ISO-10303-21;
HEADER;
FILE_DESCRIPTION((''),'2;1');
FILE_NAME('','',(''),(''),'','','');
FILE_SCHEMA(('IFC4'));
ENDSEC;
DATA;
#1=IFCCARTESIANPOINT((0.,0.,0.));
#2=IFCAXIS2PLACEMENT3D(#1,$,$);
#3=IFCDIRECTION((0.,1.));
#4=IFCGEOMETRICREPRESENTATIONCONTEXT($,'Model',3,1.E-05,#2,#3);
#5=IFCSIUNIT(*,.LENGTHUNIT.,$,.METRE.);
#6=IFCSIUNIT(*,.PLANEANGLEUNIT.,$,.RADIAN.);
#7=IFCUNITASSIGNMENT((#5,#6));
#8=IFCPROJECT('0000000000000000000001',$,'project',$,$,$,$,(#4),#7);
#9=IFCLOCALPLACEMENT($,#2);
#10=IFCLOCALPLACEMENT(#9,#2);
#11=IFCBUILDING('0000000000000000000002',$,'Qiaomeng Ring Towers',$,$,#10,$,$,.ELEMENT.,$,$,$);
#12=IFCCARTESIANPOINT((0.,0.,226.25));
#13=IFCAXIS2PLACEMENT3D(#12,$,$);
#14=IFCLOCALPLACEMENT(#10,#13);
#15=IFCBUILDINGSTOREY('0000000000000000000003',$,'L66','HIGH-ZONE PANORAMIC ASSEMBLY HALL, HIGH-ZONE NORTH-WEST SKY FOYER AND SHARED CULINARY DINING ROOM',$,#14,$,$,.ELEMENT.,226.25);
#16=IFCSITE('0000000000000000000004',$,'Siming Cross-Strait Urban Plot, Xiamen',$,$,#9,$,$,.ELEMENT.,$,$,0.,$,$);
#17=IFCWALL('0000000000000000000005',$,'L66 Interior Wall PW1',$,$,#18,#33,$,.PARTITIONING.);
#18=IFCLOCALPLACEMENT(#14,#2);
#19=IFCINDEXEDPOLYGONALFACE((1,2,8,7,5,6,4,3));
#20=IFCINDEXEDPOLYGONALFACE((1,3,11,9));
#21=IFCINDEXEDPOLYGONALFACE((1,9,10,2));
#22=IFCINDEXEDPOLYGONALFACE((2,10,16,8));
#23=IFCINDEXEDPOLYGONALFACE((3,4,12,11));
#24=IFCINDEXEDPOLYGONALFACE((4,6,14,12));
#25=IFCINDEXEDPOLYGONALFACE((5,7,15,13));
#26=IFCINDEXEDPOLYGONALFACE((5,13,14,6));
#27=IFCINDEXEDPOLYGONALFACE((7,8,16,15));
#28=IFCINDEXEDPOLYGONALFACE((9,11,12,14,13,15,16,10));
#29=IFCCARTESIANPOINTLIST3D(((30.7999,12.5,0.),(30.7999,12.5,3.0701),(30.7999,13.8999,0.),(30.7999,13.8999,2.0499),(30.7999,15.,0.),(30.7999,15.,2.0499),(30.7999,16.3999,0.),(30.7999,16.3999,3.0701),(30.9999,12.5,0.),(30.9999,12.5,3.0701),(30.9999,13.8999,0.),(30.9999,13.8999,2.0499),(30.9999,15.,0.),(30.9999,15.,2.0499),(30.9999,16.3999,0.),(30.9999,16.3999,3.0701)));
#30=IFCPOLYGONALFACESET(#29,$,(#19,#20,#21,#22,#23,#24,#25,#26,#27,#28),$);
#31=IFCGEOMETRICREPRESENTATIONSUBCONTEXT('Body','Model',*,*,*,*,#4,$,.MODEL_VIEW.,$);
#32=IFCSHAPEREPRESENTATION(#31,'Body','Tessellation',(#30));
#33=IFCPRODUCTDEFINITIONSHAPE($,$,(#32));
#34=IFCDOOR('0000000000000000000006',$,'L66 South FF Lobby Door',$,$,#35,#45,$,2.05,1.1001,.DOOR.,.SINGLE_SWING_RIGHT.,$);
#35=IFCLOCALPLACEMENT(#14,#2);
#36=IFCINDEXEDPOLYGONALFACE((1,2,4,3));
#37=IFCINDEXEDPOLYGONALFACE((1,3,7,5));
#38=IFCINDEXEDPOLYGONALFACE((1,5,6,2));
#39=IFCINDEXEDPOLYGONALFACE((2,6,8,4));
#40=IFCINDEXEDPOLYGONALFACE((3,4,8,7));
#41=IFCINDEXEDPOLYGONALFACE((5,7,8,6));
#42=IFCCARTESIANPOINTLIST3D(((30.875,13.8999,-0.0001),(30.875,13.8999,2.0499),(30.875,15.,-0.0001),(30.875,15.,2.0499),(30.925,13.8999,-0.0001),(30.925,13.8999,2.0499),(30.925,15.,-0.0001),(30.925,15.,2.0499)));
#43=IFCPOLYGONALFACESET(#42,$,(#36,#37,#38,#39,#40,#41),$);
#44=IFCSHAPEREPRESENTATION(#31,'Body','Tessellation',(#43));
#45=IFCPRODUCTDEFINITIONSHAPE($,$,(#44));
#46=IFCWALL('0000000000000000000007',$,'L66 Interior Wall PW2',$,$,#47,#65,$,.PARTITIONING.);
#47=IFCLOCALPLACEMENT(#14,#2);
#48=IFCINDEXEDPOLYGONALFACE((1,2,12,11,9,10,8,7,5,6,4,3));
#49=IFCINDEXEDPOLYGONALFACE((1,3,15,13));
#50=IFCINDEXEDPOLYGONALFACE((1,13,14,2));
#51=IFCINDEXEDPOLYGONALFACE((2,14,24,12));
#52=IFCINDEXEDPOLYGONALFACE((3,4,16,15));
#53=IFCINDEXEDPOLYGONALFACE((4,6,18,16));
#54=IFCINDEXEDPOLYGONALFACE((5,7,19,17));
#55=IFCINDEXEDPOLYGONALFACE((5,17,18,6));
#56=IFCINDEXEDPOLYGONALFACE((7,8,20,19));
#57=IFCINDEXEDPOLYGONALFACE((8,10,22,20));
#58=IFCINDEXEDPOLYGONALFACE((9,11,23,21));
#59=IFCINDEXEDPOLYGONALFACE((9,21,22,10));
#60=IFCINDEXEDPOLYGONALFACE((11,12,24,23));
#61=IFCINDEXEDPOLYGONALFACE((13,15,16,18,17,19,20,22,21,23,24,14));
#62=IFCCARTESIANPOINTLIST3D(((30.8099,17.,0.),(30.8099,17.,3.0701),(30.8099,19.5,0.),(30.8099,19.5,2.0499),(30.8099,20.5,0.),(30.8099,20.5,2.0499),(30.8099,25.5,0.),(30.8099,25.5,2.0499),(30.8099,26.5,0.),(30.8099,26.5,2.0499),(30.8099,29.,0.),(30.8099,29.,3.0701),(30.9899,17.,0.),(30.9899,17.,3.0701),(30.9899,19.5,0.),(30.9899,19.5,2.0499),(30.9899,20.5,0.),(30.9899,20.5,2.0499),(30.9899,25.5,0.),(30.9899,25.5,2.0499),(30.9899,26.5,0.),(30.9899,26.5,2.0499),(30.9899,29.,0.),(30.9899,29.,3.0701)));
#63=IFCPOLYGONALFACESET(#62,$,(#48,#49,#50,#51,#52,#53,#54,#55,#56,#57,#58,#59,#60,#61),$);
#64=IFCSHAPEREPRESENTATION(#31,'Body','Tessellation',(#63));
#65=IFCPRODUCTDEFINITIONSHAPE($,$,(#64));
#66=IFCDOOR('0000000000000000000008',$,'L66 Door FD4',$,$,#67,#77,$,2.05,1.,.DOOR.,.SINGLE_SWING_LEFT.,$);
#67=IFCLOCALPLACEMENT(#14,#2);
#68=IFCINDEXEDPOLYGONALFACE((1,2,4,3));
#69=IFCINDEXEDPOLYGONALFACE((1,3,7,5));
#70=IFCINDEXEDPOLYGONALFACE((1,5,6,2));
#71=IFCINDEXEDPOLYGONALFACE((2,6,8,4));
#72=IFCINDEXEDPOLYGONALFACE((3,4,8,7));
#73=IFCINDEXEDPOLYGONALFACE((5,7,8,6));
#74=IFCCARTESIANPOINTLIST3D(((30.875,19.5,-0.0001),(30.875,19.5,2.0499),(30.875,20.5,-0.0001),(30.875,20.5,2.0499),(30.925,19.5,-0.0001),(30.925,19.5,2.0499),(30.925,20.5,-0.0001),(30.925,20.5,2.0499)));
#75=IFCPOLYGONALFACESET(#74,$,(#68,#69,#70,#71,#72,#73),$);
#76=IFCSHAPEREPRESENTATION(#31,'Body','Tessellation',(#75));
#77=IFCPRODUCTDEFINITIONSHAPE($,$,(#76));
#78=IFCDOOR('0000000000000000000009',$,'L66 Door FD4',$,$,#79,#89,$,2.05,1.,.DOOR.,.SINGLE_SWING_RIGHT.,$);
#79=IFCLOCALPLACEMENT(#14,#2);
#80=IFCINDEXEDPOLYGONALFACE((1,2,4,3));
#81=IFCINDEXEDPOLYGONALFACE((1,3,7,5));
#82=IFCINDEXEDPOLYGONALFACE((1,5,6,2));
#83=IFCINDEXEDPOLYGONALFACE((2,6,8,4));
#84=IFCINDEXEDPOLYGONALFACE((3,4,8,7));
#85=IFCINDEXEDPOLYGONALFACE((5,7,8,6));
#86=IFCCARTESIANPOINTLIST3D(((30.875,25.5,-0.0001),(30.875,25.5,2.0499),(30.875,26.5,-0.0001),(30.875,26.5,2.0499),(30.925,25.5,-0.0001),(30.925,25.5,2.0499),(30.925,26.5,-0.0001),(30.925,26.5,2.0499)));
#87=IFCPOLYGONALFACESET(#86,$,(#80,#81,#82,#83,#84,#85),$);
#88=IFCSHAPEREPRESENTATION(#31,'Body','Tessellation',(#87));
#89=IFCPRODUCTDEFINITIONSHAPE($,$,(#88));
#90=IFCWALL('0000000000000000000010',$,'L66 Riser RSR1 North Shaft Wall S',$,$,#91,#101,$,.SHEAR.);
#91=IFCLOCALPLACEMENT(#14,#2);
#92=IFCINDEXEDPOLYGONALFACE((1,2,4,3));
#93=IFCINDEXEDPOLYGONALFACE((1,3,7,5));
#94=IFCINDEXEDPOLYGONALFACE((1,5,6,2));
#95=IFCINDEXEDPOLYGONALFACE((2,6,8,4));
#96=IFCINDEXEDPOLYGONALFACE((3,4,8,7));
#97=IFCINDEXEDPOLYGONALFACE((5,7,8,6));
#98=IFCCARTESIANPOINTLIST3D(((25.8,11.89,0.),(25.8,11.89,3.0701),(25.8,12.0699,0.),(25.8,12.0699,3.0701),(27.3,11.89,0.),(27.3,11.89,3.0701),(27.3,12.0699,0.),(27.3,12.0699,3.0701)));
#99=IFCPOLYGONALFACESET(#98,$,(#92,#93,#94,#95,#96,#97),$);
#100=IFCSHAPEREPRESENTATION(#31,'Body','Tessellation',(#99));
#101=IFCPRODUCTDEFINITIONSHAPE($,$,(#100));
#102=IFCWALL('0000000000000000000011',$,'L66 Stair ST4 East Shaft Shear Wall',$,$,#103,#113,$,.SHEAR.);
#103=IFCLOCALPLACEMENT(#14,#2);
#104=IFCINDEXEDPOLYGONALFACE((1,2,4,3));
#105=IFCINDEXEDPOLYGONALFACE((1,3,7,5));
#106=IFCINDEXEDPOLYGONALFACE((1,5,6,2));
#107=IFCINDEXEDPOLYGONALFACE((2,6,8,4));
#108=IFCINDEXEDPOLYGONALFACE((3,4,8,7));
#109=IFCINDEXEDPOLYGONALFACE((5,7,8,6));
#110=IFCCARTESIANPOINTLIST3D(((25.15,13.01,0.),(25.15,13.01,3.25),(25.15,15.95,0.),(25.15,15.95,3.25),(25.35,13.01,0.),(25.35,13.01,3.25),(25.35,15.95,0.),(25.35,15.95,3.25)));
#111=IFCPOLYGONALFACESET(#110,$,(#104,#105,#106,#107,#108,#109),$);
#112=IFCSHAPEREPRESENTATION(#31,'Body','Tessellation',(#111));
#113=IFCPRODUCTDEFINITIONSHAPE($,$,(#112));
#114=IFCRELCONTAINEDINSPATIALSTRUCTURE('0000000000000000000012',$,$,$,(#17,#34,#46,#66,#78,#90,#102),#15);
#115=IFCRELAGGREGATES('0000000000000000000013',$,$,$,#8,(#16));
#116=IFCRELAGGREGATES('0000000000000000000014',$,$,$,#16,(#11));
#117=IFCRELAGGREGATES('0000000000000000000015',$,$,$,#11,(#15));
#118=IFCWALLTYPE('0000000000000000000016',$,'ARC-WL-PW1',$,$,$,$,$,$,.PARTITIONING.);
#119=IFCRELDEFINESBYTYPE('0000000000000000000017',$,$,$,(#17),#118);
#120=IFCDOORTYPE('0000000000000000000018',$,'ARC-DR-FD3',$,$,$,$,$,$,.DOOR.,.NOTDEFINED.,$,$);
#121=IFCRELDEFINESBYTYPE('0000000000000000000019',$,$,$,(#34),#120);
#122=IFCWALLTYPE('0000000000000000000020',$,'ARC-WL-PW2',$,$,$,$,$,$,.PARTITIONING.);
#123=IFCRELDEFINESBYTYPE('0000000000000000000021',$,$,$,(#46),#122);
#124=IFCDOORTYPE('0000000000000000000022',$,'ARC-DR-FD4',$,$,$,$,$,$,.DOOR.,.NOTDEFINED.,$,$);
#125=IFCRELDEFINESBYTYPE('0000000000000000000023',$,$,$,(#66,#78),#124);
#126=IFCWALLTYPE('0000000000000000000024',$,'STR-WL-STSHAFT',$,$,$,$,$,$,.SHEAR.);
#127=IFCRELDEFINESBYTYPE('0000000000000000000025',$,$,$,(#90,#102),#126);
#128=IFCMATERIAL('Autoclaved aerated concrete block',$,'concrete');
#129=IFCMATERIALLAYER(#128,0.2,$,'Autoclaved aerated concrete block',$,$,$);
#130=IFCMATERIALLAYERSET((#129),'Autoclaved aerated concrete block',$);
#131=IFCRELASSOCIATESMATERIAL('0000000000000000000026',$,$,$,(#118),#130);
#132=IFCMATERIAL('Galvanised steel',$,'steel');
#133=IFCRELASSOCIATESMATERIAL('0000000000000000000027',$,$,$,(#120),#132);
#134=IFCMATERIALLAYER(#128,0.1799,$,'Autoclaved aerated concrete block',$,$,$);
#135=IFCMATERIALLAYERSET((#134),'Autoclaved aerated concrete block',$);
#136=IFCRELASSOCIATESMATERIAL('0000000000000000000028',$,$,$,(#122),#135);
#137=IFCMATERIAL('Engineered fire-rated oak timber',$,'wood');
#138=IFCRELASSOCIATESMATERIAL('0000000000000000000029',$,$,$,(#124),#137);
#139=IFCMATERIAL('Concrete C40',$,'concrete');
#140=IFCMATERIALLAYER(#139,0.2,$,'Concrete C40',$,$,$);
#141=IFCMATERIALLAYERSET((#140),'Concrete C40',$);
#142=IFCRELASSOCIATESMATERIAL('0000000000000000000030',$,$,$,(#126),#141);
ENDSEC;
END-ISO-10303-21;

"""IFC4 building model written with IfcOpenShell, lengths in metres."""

from ifc_helpers import new_model, si_unit, direction, frame, frame_2d, origin, place, context, subcontext, project, spatial, rectangle, extrude, source, transform, mapped, material, layer, layer_set, type_object, element, fill, save


model = new_model("IFC4")

# Units and contexts
model_context = context("Model", 3, precision=1e-05, world=origin(), true_north=direction((0.0, 1.0)))
body_context = subcontext(model_context, "Body", "Model", "MODEL_VIEW")
ifc_project = project(units=[si_unit("LENGTHUNIT", "METRE"), si_unit("PLANEANGLEUNIT", "RADIAN")], contexts=[model_context])

# Site, building, storey
site_placement = place(None, origin())
site = spatial("IfcSite", under=ifc_project, at=site_placement, Name="Siming Cross-Strait Urban Plot, Xiamen", CompositionType="ELEMENT", RefElevation=0.0)
building_placement = place(site_placement, origin())
building = spatial("IfcBuilding", under=site, at=building_placement, Name="Qiaomeng Ring Towers", CompositionType="ELEMENT")
storey_placement = place(building_placement, frame((0.0, 0.0, 226.25)))
storey = spatial("IfcBuildingStorey", under=building, at=storey_placement, Name="L66", Description="HIGH-ZONE PANORAMIC ASSEMBLY HALL, HIGH-ZONE NORTH-WEST SKY FOYER AND SHARED CULINARY DINING ROOM", CompositionType="ELEMENT", Elevation=226.25)

# Shared definitions
ifc_material_1 = material(Name="Concrete C40", Category="concrete")

# Shared definitions
ifc_material_2 = material(Name="Autoclaved aerated concrete block", Category="concrete")
ifc_layer_1 = layer(ifc_material_2, 0.2, Name="Autoclaved aerated concrete block")
ifc_layer_set_1 = layer_set([ifc_layer_1], Name="Autoclaved aerated concrete block")
wall_type_1 = type_object("IfcWallType", Name="ARC-WL-PW1", PredefinedType="PARTITIONING", material=ifc_layer_set_1)

# Wall, opening, door
wall_1_placement = place(storey_placement, frame((30.8999, 12.5, 0.0), z_axis=(0.0, 0.0, 1.0), x_axis=(0.0, 1.0, 0.0)))
wall_1 = element("IfcWall", 1, at=wall_1_placement, inside=storey, type_object=wall_type_1, Name="L66 Interior Wall PW1", PredefinedType="PARTITIONING", context=body_context, shape_type="SweptSolid", body=[
    extrude(rectangle(XDim=3.8999, YDim=0.2, at=frame_2d((1.95, 0.0))), origin(), (0.0, 0.0, 1.0), 3.0701),
])
opening_1_placement = place(wall_1_placement, frame((1.3999, 0.0, 0.0)))
opening_1 = element("IfcOpeningElement", 2, at=opening_1_placement, cuts=wall_1, PredefinedType="OPENING", context=body_context, shape_type="SweptSolid", body=[
    extrude(rectangle(XDim=1.1001, YDim=2.05, at=frame_2d((0.55, 1.0249))), frame((0.0, 0.1099, 0.0), z_axis=(0.0, -1.0, 0.0), x_axis=(1.0, 0.0, 0.0)), (0.0, 0.0, 1.0), 0.22),
])
ifc_material_3 = material(Name="Galvanised steel", Category="steel")
door_type_1 = type_object("IfcDoorType", Name="ARC-DR-FD3", OperationType="NOTDEFINED", PredefinedType="DOOR", material=ifc_material_3)
shared_shape_1 = source(origin(), body_context, "Body", "SweptSolid", [
    extrude(rectangle(XDim=1.1001, YDim=2.05, at=frame_2d((0.55, 1.0249))), frame((0.0, 0.0249, 0.0), z_axis=(0.0, -1.0, 0.0), x_axis=(1.0, 0.0, 0.0)), (0.0, 0.0, 1.0), 0.05),
])
door_1_placement = place(opening_1_placement, origin())
door_1 = element("IfcDoor", 3, at=door_1_placement, inside=storey, type_object=door_type_1, Name="L66 South FF Lobby Door", OperationType="SINGLE_SWING_RIGHT", OverallHeight=2.05, OverallWidth=1.1001, PredefinedType="DOOR", context=body_context, shape_type="MappedRepresentation", body=[
    mapped(shared_shape_1, transform((0.0, 0.0, 0.0), x_axis=(1.0, 0.0, 0.0), y_axis=(0.0, 1.0, 0.0), z_axis=(0.0, 0.0, 1.0), scale=1.0)),
])
fill(opening_1, door_1)

# Wall, openings, doors
ifc_layer_2 = layer(ifc_material_2, 0.1799, Name="Autoclaved aerated concrete block")
ifc_layer_set_2 = layer_set([ifc_layer_2], Name="Autoclaved aerated concrete block")
wall_type_2 = type_object("IfcWallType", Name="ARC-WL-PW2", PredefinedType="PARTITIONING", material=ifc_layer_set_2)
wall_2_placement = place(storey_placement, frame((30.8999, 17.0, 0.0), z_axis=(0.0, 0.0, 1.0), x_axis=(0.0, 1.0, 0.0)))
wall_2 = element("IfcWall", 4, at=wall_2_placement, inside=storey, type_object=wall_type_2, Name="L66 Interior Wall PW2", PredefinedType="PARTITIONING", context=body_context, shape_type="SweptSolid", body=[
    extrude(rectangle(XDim=12.0, YDim=0.1799, at=frame_2d((6.0, 0.0))), origin(), (0.0, 0.0, 1.0), 3.0701),
])
opening_2_placement = place(wall_2_placement, frame((2.5, 0.0, 0.0)))
opening_2 = element("IfcOpeningElement", 5, at=opening_2_placement, cuts=wall_2, PredefinedType="OPENING", context=body_context, shape_type="SweptSolid", body=[
    extrude(rectangle(XDim=1.0, YDim=2.05, at=frame_2d((0.5, 1.0249))), frame((0.0, 0.0999, 0.0), z_axis=(0.0, -1.0, 0.0), x_axis=(1.0, 0.0, 0.0)), (0.0, 0.0, 1.0), 0.2),
])
opening_3_placement = place(wall_2_placement, frame((8.5, 0.0, 0.0)))
opening_3 = element("IfcOpeningElement", 6, at=opening_3_placement, cuts=wall_2, PredefinedType="OPENING", context=body_context, shape_type="SweptSolid", body=[
    extrude(rectangle(XDim=1.0, YDim=2.05, at=frame_2d((0.5, 1.0249))), frame((0.0, 0.0999, 0.0), z_axis=(0.0, -1.0, 0.0), x_axis=(1.0, 0.0, 0.0)), (0.0, 0.0, 1.0), 0.2),
])
ifc_material_4 = material(Name="Engineered fire-rated oak timber", Category="wood")
door_type_2 = type_object("IfcDoorType", Name="ARC-DR-FD4", OperationType="NOTDEFINED", PredefinedType="DOOR", material=ifc_material_4)
shared_shape_2 = source(origin(), body_context, "Body", "SweptSolid", [
    extrude(rectangle(XDim=1.0, YDim=2.05, at=frame_2d((0.5, 1.0249))), frame((0.0, 0.0249, 0.0), z_axis=(0.0, -1.0, 0.0), x_axis=(1.0, 0.0, 0.0)), (0.0, 0.0, 1.0), 0.05),
])
door_2_placement = place(opening_2_placement, origin())
door_2 = element("IfcDoor", 7, at=door_2_placement, inside=storey, type_object=door_type_2, Name="L66 Door FD4", OperationType="SINGLE_SWING_LEFT", OverallHeight=2.05, OverallWidth=1.0, PredefinedType="DOOR", context=body_context, shape_type="MappedRepresentation", body=[
    mapped(shared_shape_2, transform((0.0, 0.0, 0.0), x_axis=(1.0, 0.0, 0.0), y_axis=(0.0, 1.0, 0.0), z_axis=(0.0, 0.0, 1.0), scale=1.0)),
])
fill(opening_2, door_2)
door_3_placement = place(opening_3_placement, origin())
door_3 = element("IfcDoor", 8, at=door_3_placement, inside=storey, type_object=door_type_2, Name="L66 Door FD4", OperationType="SINGLE_SWING_RIGHT", OverallHeight=2.05, OverallWidth=1.0, PredefinedType="DOOR", context=body_context, shape_type="MappedRepresentation", body=[
    mapped(shared_shape_2, transform((0.0, 0.0, 0.0), x_axis=(1.0, 0.0, 0.0), y_axis=(0.0, 1.0, 0.0), z_axis=(0.0, 0.0, 1.0), scale=1.0)),
])
fill(opening_3, door_3)

# Walls
ifc_layer_3 = layer(ifc_material_1, 0.2, Name="Concrete C40")
ifc_layer_set_3 = layer_set([ifc_layer_3], Name="Concrete C40")
wall_type_3 = type_object("IfcWallType", Name="STR-WL-STSHAFT", PredefinedType="SHEAR", material=ifc_layer_set_3)
wall_3_placement = place(storey_placement, frame((25.8, 11.98, 0.0), z_axis=(0.0, 0.0, 1.0), x_axis=(1.0, 0.0, 0.0)))
element("IfcWall", 9, at=wall_3_placement, inside=storey, type_object=wall_type_3, Name="L66 Riser RSR1 North Shaft Wall S", PredefinedType="SHEAR", context=body_context, shape_type="SweptSolid", body=[
    extrude(rectangle(XDim=1.5, YDim=0.1799, at=frame_2d((0.75, 0.0))), origin(), (0.0, 0.0, 1.0), 3.0701),
])
wall_4_placement = place(storey_placement, frame((25.25, 13.01, 0.0), z_axis=(0.0, 0.0, 1.0), x_axis=(0.0, 1.0, 0.0)))
element("IfcWall", 10, at=wall_4_placement, inside=storey, type_object=wall_type_3, Name="L66 Stair ST4 East Shaft Shear Wall", PredefinedType="SHEAR", context=body_context, shape_type="SweptSolid", body=[
    extrude(rectangle(XDim=2.9399, YDim=0.2, at=frame_2d((1.47, 0.0))), origin(), (0.0, 0.0, 1.0), 3.25),
])

save(model, "model.ifc")
